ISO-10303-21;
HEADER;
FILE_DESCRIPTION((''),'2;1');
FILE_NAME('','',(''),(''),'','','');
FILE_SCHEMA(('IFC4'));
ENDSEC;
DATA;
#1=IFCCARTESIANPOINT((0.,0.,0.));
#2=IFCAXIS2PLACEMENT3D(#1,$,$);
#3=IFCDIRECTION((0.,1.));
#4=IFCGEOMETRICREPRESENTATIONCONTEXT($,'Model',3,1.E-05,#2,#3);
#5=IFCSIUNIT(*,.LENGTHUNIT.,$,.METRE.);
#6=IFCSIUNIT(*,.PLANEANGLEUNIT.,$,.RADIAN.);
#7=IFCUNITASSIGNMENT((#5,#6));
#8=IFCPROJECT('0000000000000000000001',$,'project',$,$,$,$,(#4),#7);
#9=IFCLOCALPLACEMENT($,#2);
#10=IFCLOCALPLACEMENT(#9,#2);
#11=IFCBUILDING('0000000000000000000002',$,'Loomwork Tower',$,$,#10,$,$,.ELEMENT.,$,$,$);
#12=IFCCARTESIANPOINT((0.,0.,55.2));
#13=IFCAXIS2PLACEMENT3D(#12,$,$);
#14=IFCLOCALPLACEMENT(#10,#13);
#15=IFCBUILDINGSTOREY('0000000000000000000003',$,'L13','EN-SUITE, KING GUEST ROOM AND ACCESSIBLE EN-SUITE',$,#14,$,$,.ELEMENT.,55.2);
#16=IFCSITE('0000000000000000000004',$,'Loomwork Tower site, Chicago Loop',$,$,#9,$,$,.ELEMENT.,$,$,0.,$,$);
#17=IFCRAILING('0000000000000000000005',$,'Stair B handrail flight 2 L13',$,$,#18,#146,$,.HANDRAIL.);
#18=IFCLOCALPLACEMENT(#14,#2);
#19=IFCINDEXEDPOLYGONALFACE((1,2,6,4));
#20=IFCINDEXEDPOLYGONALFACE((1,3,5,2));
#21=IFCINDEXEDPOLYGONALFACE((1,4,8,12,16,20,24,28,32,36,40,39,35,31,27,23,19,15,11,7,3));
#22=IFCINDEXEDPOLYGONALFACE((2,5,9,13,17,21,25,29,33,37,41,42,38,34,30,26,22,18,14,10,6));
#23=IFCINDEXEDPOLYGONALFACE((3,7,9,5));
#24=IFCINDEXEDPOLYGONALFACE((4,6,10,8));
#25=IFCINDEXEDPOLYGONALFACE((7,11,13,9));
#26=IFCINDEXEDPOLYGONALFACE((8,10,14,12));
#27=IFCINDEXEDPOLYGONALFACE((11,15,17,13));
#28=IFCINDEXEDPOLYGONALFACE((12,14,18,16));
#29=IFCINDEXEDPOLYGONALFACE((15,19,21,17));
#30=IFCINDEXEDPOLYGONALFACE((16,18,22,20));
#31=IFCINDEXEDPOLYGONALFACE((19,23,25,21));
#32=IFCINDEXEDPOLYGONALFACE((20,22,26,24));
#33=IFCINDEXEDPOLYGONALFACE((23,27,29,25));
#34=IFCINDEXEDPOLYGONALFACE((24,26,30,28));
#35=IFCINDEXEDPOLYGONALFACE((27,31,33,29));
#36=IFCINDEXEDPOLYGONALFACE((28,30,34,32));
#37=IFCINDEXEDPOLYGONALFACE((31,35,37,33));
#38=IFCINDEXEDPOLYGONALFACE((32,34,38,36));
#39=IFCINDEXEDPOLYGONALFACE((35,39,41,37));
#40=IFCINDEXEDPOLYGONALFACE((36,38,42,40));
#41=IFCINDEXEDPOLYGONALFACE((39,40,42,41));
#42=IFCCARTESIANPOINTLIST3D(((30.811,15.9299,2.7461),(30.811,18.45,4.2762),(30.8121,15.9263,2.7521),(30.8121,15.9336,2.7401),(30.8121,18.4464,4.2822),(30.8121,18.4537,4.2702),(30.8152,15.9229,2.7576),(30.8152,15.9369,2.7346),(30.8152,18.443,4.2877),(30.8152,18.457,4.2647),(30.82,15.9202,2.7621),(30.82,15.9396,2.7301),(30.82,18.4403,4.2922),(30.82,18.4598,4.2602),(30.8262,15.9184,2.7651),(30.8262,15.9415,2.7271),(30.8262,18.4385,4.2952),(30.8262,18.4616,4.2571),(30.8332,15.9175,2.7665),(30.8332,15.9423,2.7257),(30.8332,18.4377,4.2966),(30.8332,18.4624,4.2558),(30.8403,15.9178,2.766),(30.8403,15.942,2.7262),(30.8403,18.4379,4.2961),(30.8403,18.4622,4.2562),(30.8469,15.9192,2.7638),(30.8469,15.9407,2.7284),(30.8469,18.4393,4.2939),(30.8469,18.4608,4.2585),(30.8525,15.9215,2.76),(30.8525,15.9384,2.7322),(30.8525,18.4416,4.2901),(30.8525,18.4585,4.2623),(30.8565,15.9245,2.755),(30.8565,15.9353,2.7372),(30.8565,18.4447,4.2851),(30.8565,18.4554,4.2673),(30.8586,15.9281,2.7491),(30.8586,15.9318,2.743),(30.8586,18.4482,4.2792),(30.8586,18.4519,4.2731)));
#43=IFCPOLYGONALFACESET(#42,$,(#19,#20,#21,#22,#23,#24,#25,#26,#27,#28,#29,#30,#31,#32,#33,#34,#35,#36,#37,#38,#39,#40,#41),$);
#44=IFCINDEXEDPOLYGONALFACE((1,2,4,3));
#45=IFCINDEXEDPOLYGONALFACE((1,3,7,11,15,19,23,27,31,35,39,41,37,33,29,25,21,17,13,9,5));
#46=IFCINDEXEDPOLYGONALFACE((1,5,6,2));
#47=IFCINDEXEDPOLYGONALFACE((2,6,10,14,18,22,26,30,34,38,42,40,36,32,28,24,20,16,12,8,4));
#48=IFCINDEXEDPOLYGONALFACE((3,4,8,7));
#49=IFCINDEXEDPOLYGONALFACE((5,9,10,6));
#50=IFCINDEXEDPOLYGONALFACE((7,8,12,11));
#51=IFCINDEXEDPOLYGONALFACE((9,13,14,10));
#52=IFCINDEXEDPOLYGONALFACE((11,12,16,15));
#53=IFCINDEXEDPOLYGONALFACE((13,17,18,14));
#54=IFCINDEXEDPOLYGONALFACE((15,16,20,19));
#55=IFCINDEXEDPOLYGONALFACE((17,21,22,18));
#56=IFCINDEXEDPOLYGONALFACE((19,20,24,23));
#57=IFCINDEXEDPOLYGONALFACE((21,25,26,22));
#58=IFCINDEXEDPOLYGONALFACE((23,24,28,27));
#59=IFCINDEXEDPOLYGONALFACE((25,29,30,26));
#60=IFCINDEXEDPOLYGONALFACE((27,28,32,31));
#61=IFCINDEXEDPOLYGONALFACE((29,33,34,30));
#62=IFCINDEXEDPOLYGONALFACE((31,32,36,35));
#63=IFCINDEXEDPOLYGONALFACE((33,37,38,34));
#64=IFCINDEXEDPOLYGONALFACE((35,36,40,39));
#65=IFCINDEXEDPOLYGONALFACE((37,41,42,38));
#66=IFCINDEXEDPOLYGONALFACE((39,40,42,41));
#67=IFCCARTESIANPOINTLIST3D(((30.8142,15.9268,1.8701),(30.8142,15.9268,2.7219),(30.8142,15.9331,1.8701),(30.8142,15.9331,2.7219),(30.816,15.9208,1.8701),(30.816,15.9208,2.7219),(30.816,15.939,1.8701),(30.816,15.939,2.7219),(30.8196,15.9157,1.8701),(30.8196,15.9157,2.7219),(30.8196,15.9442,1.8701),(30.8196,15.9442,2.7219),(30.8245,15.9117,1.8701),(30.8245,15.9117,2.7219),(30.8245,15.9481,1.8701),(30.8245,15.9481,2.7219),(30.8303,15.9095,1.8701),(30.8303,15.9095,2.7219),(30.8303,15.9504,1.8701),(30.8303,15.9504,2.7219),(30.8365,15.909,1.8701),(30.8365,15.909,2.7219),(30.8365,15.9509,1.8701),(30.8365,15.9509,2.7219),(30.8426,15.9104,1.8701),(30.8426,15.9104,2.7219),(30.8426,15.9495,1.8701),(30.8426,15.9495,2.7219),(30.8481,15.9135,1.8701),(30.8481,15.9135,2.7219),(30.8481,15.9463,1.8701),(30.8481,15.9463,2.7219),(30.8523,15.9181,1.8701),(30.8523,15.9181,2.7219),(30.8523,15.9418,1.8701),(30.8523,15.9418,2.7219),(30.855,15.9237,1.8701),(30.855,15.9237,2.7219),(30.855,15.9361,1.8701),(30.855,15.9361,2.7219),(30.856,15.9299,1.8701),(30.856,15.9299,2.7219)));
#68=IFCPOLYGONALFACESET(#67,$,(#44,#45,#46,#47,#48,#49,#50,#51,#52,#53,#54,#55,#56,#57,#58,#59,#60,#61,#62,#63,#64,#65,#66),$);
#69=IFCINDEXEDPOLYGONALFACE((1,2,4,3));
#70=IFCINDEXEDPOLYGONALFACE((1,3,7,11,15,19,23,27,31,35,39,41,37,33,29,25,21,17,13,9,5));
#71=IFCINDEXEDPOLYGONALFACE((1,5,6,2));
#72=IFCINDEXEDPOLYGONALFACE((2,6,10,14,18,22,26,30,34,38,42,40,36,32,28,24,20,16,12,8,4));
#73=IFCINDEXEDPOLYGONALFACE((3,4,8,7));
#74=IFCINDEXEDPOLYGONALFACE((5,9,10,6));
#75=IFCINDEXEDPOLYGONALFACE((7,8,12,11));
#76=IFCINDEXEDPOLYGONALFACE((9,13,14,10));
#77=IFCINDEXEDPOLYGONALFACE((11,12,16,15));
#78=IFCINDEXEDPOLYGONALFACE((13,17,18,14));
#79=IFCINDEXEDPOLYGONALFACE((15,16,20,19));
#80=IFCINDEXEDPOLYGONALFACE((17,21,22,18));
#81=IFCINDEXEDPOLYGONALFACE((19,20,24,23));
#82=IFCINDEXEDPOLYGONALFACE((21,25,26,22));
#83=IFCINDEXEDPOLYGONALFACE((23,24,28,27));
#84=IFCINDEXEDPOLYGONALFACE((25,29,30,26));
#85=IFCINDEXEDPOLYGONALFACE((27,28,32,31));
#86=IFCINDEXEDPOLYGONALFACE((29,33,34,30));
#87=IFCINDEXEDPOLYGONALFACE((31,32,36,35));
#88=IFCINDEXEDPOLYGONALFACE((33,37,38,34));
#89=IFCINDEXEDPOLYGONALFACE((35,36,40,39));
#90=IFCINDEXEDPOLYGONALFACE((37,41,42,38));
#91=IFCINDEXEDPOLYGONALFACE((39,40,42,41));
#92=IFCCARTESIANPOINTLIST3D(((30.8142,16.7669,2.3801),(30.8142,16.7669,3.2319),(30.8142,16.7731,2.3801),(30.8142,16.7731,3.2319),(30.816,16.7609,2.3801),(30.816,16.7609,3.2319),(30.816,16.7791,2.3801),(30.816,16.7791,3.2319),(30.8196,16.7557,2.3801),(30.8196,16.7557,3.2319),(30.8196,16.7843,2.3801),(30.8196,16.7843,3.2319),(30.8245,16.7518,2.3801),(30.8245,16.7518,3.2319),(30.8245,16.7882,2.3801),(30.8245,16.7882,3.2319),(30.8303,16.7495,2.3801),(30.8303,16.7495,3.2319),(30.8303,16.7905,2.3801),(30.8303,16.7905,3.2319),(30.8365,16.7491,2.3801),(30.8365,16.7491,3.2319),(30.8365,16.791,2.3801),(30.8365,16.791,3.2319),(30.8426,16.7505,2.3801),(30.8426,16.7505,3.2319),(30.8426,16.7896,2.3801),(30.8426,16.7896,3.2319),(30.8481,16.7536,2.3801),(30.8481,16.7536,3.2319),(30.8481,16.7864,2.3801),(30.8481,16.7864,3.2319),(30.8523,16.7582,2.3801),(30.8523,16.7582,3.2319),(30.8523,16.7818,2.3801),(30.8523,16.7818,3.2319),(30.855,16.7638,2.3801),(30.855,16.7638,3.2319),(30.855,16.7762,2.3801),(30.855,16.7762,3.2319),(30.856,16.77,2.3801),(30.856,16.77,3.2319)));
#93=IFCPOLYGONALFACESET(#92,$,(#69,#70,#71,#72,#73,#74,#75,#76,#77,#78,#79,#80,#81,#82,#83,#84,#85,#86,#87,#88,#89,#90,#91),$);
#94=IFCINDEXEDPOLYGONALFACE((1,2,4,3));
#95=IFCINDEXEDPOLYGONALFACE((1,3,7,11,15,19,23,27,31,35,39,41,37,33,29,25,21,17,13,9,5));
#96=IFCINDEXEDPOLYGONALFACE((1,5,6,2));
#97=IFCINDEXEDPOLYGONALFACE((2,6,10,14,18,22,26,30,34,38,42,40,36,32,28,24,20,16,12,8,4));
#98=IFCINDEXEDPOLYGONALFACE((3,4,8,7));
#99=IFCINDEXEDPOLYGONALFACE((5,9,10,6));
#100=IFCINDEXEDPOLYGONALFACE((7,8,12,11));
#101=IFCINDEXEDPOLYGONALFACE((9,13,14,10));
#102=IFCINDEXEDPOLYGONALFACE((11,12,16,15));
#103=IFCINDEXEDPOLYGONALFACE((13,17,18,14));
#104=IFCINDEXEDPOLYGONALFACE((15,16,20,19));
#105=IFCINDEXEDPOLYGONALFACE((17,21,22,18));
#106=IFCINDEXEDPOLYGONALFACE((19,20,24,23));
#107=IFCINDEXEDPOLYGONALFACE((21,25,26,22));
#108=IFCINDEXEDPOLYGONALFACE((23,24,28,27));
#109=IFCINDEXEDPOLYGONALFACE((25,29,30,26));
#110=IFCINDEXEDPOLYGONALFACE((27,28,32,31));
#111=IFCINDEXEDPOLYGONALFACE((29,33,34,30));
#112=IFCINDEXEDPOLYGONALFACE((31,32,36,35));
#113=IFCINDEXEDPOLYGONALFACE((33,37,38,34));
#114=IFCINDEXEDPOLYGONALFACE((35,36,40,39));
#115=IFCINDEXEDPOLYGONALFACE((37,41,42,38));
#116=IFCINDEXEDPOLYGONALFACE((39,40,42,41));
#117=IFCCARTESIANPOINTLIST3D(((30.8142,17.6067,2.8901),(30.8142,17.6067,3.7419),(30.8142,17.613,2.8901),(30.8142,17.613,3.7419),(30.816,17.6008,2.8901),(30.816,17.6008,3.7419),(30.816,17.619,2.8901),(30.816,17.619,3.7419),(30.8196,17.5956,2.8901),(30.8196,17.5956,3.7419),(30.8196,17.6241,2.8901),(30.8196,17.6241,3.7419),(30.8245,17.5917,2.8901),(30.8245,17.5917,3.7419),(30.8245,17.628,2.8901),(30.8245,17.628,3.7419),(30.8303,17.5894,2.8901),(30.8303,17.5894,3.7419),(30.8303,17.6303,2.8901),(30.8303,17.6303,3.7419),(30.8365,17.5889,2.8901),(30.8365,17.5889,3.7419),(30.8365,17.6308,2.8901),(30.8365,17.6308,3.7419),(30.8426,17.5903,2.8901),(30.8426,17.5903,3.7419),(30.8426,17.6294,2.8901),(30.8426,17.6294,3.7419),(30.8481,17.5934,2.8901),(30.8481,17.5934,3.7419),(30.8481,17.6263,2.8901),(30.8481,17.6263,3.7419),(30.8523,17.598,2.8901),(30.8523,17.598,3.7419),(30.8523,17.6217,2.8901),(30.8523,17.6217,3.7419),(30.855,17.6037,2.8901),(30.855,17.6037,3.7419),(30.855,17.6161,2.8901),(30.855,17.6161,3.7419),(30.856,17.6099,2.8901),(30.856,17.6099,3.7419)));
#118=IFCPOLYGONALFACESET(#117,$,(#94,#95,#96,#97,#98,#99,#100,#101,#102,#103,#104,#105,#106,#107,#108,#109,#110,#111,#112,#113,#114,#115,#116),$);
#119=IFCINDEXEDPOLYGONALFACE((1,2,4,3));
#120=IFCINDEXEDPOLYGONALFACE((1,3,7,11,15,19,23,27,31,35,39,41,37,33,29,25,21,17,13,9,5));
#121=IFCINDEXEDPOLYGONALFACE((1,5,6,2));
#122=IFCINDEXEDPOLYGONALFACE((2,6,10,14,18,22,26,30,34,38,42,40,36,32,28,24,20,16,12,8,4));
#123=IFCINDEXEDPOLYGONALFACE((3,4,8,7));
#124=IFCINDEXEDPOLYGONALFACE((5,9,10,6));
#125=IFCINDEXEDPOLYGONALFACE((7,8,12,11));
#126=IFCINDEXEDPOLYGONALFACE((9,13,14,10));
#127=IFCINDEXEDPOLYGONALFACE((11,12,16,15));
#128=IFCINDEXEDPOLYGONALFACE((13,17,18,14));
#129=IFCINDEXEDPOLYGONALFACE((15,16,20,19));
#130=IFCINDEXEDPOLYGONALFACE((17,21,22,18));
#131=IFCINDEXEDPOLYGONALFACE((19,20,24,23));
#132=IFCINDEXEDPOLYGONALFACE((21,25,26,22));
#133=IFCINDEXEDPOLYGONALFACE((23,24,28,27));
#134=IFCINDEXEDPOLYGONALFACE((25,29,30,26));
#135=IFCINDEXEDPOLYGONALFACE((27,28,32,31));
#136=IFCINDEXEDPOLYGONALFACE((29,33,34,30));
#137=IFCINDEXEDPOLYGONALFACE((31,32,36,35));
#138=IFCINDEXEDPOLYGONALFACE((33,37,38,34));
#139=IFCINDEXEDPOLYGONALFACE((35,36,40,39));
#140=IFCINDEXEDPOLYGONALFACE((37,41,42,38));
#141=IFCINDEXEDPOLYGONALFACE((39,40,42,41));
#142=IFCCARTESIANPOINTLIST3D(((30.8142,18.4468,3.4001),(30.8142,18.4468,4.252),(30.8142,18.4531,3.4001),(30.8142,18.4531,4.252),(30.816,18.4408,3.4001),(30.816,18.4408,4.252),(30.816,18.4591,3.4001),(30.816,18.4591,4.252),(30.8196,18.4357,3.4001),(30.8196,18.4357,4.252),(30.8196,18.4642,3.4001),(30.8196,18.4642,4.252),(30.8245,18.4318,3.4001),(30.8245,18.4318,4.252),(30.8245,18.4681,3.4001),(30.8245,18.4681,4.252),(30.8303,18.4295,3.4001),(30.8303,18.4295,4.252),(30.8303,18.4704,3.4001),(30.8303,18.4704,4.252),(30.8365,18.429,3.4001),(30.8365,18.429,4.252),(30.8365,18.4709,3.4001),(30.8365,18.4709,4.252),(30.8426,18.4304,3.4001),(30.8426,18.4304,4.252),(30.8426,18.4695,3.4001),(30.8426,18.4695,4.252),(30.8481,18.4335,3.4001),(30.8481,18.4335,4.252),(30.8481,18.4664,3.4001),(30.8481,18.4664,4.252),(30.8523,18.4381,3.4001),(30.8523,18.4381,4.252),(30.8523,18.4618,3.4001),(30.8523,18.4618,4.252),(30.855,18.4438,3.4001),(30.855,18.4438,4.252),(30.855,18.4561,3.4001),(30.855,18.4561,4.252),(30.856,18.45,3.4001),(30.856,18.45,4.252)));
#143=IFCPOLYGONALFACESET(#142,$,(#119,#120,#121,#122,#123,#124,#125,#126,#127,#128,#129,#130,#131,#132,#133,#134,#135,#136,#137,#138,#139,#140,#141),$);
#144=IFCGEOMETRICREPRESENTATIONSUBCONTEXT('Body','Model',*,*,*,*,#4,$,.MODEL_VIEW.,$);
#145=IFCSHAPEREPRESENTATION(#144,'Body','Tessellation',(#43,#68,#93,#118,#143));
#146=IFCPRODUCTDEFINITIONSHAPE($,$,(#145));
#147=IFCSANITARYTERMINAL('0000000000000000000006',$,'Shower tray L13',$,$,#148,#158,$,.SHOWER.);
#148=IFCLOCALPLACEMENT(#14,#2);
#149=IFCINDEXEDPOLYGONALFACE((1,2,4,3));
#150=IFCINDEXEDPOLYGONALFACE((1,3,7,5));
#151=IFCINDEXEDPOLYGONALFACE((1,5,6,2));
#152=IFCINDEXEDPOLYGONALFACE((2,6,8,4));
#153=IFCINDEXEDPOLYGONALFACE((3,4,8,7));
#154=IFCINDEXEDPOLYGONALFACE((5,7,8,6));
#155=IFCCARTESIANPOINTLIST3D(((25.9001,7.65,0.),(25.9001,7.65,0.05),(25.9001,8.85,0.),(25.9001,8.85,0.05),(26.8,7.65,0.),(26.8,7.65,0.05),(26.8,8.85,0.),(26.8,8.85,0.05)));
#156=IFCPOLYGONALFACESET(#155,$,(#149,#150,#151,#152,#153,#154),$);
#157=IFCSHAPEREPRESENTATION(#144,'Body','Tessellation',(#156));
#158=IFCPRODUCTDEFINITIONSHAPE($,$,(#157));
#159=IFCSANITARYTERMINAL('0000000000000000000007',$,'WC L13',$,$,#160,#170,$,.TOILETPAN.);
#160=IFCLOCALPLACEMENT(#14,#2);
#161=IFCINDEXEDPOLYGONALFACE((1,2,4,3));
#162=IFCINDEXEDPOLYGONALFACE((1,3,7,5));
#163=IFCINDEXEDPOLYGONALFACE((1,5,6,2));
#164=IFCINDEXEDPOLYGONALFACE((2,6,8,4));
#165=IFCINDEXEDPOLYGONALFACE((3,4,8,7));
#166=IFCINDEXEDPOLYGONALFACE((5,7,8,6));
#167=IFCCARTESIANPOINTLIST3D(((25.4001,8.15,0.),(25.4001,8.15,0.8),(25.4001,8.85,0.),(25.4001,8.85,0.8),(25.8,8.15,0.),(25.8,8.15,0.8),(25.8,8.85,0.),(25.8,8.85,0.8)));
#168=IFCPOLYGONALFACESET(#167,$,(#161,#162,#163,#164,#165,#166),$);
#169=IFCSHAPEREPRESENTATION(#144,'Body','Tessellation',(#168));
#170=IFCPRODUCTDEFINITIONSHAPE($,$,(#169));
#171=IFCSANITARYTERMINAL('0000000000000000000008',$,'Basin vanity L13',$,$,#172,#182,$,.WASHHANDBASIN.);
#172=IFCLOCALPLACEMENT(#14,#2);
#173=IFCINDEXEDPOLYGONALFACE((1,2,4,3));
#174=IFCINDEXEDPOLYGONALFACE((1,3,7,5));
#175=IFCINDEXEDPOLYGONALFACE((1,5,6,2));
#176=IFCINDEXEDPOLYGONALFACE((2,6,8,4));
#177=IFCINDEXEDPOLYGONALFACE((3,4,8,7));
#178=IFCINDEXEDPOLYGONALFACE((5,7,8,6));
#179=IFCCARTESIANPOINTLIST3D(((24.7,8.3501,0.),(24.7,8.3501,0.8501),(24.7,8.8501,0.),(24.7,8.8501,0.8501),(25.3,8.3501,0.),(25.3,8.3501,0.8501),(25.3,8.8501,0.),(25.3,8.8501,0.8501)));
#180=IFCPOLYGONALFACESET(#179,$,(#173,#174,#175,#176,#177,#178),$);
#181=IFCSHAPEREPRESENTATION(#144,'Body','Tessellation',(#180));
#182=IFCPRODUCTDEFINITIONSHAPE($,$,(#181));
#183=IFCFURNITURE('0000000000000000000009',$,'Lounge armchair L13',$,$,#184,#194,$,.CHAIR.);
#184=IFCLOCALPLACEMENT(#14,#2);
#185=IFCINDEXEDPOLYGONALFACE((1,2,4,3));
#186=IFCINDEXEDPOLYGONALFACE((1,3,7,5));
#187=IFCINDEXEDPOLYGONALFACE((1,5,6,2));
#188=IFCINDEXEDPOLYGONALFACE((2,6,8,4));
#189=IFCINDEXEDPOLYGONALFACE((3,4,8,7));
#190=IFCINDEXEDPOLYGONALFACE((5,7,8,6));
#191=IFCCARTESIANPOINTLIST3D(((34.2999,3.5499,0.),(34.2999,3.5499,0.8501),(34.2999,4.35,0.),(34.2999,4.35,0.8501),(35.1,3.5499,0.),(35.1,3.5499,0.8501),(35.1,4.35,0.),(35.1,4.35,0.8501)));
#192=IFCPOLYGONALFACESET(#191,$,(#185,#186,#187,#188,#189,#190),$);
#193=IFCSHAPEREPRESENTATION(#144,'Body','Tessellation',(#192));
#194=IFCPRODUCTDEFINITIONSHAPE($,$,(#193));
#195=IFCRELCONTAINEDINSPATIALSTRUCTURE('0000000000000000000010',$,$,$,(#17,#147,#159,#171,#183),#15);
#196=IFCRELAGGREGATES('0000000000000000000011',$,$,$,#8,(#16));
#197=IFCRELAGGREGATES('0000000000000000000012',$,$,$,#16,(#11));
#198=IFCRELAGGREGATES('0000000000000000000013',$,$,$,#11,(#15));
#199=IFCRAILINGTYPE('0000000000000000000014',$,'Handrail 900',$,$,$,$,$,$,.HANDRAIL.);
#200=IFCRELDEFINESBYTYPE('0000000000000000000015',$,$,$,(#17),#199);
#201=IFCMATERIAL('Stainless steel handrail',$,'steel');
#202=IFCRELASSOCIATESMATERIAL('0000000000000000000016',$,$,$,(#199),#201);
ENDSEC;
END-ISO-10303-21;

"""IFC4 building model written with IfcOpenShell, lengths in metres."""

from ifc_helpers import new_model, si_unit, direction, frame, origin, origin_2d, place, context, subcontext, project, spatial, rectangle, circle, extrude, material, type_object, element, save


model = new_model("IFC4")

# Units and contexts
model_context = context("Model", 3, precision=1e-05, world=origin(), true_north=direction((0.0, 1.0)))
body_context = subcontext(model_context, "Body", "Model", "MODEL_VIEW")
ifc_project = project(units=[si_unit("LENGTHUNIT", "METRE"), si_unit("PLANEANGLEUNIT", "RADIAN")], contexts=[model_context])

# Site, building, storey
site_placement = place(None, origin())
site = spatial("IfcSite", under=ifc_project, at=site_placement, Name="Loomwork Tower site, Chicago Loop", CompositionType="ELEMENT", RefElevation=0.0)
building_placement = place(site_placement, origin())
building = spatial("IfcBuilding", under=site, at=building_placement, Name="Loomwork Tower", CompositionType="ELEMENT")
storey_placement = place(building_placement, frame((0.0, 0.0, 55.2)))
storey = spatial("IfcBuildingStorey", under=building, at=storey_placement, Name="L13", Description="EN-SUITE, KING GUEST ROOM AND ACCESSIBLE EN-SUITE", CompositionType="ELEMENT", Elevation=55.2)

# Railing
ifc_material_1 = material(Name="Stainless steel handrail", Category="steel")
railing_type = type_object("IfcRailingType", Name="Handrail 900", PredefinedType="HANDRAIL", material=ifc_material_1)
railing_placement = place(storey_placement, frame((30.835, 15.9299, 1.8701)))
element("IfcRailing", 1, at=railing_placement, inside=storey, type_object=railing_type, Name="Stair B handrail flight 2 L13", PredefinedType="HANDRAIL", context=body_context, shape_type="SweptSolid", body=[
    extrude(circle(Radius=0.0239, at=origin_2d()), frame((0.0, 0.0, 0.876), z_axis=(0.0, 0.854785, 0.518982), x_axis=(-1.0, 0.0, 0.0)), (0.0, 0.0, 1.0), 2.9482),
    extrude(circle(Radius=0.021, at=origin_2d()), origin(), (0.0, 0.0, 1.0), 0.8518),
    extrude(circle(Radius=0.021, at=origin_2d()), frame((0.0, 0.8401, 0.51)), (0.0, 0.0, 1.0), 0.8518),
    extrude(circle(Radius=0.021, at=origin_2d()), frame((0.0, 1.6799, 1.02)), (0.0, 0.0, 1.0), 0.8518),
    extrude(circle(Radius=0.021, at=origin_2d()), frame((0.0, 2.52, 1.53)), (0.0, 0.0, 1.0), 0.8518),
])

# Sanitary terminals
sanitary_terminal_1_placement = place(storey_placement, frame((26.3501, 8.25, 0.0), z_axis=(0.0, 0.0, 1.0), x_axis=(1.0, 0.0, 0.0)))
element("IfcSanitaryTerminal", 2, at=sanitary_terminal_1_placement, inside=storey, Name="Shower tray L13", PredefinedType="SHOWER", context=body_context, shape_type="SweptSolid", body=[
    extrude(rectangle(XDim=0.8999, YDim=1.2, at=origin_2d()), origin(), (0.0, 0.0, 1.0), 0.05),
])
sanitary_terminal_2_placement = place(storey_placement, frame((25.6001, 8.5, 0.0), z_axis=(0.0, 0.0, 1.0), x_axis=(1.0, 0.0, 0.0)))
element("IfcSanitaryTerminal", 3, at=sanitary_terminal_2_placement, inside=storey, Name="WC L13", PredefinedType="TOILETPAN", context=body_context, shape_type="SweptSolid", body=[
    extrude(rectangle(XDim=0.3999, YDim=0.7, at=origin_2d()), origin(), (0.0, 0.0, 1.0), 0.8),
])
sanitary_terminal_3_placement = place(storey_placement, frame((25.0, 8.6001, 0.0), z_axis=(0.0, 0.0, 1.0), x_axis=(1.0, 0.0, 0.0)))
element("IfcSanitaryTerminal", 4, at=sanitary_terminal_3_placement, inside=storey, Name="Basin vanity L13", PredefinedType="WASHHANDBASIN", context=body_context, shape_type="SweptSolid", body=[
    extrude(rectangle(XDim=0.6001, YDim=0.5, at=origin_2d()), origin(), (0.0, 0.0, 1.0), 0.8501),
])

# Furniture
furniture_placement = place(storey_placement, frame((34.7, 3.95, 0.0), z_axis=(0.0, 0.0, 1.0), x_axis=(1.0, 0.0, 0.0)))
element("IfcFurniture", 5, at=furniture_placement, inside=storey, Name="Lounge armchair L13", PredefinedType="CHAIR", context=body_context, shape_type="SweptSolid", body=[
    extrude(rectangle(XDim=0.8, YDim=0.8, at=origin_2d()), origin(), (0.0, 0.0, 1.0), 0.8501),
])

save(model, "model.ifc")
